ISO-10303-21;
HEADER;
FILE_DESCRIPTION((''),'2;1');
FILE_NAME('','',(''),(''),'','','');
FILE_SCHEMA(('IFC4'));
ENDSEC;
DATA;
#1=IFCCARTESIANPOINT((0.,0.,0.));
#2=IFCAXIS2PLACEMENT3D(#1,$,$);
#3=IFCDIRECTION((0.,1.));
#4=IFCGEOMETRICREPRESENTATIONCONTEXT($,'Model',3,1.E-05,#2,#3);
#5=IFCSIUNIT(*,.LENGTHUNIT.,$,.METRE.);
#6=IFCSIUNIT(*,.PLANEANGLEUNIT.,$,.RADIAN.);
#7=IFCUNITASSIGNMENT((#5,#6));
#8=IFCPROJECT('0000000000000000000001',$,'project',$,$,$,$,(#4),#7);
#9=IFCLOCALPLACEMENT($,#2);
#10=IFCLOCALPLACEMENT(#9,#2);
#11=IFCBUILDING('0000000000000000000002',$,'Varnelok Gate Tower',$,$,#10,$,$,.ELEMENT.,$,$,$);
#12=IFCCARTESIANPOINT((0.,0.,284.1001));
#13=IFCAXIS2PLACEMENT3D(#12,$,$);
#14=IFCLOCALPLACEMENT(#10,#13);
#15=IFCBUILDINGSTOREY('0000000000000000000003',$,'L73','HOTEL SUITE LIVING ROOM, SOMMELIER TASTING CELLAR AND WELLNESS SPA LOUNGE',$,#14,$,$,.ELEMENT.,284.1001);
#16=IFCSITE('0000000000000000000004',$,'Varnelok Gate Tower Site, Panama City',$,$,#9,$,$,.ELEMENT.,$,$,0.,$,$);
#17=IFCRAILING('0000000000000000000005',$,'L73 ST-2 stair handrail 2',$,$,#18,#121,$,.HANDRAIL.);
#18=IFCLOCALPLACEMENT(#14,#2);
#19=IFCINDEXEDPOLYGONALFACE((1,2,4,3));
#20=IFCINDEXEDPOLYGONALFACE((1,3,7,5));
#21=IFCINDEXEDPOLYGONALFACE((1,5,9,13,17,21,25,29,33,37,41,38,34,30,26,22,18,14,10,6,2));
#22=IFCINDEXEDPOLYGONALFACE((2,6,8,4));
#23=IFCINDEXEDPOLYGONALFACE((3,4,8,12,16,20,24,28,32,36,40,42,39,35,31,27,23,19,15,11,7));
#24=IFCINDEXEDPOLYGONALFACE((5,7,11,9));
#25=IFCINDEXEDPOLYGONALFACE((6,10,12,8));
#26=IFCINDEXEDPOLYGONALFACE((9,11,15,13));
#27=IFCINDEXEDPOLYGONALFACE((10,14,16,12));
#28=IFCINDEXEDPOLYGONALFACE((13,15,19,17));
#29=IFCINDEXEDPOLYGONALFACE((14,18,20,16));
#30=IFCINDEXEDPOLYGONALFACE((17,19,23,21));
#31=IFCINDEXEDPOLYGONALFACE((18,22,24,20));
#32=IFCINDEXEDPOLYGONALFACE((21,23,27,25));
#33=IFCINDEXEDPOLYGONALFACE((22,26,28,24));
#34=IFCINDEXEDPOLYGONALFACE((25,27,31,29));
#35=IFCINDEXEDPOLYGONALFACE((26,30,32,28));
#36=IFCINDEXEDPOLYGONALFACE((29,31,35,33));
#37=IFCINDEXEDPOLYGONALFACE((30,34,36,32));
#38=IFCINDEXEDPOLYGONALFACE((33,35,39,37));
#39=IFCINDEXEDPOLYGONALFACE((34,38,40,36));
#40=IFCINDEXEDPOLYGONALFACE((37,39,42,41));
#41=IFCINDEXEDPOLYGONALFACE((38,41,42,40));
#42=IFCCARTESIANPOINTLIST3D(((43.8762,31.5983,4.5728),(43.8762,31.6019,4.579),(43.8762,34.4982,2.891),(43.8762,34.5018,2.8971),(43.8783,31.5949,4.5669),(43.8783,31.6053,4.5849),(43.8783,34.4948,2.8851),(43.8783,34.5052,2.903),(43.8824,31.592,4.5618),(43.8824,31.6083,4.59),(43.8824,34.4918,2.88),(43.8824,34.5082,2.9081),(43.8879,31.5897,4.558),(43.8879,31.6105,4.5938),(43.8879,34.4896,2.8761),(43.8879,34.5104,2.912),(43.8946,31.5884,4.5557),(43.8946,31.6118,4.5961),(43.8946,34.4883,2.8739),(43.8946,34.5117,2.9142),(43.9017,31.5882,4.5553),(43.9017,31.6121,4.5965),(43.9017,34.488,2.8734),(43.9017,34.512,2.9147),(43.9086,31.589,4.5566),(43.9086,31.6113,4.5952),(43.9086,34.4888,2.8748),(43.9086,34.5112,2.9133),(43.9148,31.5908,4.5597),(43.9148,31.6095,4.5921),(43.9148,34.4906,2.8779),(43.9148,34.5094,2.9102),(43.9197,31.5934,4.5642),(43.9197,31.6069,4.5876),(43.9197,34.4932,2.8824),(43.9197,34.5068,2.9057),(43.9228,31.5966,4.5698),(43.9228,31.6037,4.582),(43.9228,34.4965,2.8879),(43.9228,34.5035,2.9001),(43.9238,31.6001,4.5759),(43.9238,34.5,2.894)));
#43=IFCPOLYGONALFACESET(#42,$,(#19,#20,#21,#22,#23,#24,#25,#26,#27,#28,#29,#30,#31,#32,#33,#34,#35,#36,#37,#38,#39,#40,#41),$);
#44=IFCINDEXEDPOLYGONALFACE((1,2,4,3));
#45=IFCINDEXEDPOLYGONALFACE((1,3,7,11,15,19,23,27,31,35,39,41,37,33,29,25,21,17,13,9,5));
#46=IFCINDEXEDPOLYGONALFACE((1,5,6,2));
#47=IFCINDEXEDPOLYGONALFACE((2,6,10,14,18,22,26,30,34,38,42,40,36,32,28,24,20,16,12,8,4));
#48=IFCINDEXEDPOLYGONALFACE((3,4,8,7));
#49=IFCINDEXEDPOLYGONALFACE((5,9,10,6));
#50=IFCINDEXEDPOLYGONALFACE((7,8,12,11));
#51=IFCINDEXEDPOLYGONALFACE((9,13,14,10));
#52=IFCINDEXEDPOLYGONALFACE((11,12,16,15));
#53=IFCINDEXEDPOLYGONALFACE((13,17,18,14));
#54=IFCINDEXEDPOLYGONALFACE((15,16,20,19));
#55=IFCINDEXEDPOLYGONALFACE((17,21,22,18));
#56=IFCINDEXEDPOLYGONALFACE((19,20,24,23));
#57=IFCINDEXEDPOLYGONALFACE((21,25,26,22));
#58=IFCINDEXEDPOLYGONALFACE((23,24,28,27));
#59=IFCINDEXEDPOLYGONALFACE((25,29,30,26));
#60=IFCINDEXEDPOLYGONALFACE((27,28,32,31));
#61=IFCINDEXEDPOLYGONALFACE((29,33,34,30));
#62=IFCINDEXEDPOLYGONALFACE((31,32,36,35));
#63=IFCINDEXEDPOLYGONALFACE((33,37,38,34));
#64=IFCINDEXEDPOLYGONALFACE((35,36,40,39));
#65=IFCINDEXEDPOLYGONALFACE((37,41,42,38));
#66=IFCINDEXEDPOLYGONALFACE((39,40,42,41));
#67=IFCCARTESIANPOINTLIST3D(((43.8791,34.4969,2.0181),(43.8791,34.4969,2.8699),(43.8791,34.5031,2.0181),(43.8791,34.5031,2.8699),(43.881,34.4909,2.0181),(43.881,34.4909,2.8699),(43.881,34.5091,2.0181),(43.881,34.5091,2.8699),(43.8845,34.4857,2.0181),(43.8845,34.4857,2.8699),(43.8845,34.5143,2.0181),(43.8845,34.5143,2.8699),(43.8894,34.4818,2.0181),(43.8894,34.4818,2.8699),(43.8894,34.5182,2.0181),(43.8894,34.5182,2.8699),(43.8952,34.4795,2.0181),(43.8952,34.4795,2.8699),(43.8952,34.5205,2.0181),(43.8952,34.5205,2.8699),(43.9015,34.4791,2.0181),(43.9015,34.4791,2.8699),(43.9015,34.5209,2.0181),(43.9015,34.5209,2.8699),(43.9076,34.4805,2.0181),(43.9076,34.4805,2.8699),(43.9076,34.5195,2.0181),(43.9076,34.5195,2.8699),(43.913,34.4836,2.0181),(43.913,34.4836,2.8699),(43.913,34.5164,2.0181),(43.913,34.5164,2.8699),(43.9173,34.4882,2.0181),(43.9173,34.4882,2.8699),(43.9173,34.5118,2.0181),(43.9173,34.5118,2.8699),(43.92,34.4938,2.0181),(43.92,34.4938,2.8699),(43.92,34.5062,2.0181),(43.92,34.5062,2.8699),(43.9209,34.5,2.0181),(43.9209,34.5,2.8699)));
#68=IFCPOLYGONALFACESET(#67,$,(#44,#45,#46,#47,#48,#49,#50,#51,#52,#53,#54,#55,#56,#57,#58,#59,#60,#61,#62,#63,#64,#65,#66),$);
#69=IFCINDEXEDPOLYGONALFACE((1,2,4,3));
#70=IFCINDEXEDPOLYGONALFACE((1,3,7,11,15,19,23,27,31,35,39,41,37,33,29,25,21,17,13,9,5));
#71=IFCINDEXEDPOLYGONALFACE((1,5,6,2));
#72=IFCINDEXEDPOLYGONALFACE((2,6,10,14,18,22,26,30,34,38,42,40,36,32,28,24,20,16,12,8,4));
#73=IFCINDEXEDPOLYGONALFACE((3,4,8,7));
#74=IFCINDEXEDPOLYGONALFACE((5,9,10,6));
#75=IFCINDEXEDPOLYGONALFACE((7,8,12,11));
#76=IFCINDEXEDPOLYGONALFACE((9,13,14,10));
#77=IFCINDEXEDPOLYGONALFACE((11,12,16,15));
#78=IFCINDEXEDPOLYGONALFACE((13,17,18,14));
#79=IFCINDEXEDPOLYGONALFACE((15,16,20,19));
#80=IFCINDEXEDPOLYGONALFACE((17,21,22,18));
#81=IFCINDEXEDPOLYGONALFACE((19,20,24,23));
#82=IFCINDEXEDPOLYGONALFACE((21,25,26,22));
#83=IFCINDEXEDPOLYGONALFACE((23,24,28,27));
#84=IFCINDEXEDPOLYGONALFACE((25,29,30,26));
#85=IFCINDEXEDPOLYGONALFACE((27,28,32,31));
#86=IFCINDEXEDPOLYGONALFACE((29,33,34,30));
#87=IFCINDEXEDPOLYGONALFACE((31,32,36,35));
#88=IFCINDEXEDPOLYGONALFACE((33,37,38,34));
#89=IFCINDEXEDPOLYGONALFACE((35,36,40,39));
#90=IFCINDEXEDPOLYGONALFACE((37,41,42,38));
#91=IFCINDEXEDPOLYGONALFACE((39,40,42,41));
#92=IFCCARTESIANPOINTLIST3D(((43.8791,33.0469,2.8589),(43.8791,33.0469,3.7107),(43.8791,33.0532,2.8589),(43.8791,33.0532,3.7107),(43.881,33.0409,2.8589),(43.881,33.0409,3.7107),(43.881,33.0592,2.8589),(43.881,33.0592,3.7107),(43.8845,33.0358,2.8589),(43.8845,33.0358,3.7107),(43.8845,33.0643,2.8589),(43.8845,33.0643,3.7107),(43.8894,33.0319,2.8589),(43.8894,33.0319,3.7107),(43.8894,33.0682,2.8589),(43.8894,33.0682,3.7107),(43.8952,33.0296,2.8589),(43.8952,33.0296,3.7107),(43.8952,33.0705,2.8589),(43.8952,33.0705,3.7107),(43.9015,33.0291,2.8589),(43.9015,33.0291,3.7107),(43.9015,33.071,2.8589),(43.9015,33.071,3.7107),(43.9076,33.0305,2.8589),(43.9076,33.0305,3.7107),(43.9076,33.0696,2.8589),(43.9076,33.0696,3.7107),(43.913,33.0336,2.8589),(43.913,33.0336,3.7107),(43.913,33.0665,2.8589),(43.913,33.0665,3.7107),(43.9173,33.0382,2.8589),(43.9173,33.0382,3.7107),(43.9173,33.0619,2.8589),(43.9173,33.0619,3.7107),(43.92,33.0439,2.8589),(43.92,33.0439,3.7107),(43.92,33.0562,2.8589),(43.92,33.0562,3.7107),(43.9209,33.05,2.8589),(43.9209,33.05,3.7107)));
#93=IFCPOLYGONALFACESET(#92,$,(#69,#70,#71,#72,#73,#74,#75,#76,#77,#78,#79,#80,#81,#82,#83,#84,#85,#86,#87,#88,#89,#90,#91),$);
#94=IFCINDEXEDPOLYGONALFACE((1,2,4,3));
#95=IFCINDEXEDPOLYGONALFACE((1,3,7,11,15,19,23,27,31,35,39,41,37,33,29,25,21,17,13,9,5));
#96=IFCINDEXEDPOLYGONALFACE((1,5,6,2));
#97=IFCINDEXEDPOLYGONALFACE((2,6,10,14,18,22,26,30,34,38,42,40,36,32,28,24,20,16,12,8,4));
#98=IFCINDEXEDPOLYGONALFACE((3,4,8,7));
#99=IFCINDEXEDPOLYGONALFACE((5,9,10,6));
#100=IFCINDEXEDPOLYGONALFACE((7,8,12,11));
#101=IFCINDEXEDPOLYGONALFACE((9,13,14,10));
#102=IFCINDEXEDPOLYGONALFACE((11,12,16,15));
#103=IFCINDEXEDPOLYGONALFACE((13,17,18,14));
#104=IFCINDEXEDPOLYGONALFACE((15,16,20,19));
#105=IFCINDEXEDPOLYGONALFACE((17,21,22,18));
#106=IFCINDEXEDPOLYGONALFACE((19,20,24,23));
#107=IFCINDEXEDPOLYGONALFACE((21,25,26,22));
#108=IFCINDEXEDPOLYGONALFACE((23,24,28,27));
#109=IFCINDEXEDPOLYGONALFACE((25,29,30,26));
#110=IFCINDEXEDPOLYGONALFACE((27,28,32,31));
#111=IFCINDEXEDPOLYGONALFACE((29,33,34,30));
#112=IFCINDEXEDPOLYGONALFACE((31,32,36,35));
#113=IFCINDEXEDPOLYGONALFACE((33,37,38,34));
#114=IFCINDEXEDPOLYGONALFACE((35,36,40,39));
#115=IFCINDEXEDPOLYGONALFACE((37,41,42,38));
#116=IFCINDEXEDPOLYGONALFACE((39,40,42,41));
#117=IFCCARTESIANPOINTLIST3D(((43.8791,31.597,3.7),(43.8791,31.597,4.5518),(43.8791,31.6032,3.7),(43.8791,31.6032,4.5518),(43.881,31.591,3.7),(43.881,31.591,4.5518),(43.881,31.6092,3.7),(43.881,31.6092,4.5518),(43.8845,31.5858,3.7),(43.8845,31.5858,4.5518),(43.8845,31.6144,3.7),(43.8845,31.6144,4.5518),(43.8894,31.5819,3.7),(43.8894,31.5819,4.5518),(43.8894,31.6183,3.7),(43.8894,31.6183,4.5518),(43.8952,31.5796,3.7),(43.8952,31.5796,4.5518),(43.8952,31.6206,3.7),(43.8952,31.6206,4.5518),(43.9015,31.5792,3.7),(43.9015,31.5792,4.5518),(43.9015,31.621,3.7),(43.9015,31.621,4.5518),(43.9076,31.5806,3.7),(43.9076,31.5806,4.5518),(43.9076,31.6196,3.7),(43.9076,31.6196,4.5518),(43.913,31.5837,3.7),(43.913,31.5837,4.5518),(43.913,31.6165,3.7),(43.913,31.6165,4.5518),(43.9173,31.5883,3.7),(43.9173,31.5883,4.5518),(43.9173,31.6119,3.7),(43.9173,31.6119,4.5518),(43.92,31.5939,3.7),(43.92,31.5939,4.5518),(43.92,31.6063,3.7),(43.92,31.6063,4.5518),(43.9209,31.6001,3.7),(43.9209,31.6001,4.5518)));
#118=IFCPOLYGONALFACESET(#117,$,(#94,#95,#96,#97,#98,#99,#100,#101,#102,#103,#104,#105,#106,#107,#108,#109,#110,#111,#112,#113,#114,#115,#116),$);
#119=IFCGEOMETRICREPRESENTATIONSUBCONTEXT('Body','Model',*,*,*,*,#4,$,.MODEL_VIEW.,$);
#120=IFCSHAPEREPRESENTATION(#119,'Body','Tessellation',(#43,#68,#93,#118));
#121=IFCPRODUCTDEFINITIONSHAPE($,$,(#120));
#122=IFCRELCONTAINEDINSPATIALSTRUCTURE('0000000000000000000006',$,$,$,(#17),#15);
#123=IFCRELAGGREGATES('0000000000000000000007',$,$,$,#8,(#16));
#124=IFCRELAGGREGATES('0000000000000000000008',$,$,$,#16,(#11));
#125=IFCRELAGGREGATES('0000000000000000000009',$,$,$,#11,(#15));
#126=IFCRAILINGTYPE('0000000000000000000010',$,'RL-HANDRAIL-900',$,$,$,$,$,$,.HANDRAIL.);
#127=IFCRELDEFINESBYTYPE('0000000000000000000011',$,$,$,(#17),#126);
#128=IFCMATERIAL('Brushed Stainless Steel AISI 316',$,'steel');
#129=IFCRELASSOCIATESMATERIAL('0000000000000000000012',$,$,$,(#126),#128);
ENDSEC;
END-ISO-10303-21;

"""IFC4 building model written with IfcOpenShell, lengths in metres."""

from ifc_helpers import new_model, si_unit, direction, frame, origin, origin_2d, place, context, subcontext, project, spatial, circle, extrude, material, type_object, element, save


model = new_model("IFC4")

# Units and contexts
model_context = context("Model", 3, precision=1e-05, world=origin(), true_north=direction((0.0, 1.0)))
body_context = subcontext(model_context, "Body", "Model", "MODEL_VIEW")
ifc_project = project(units=[si_unit("LENGTHUNIT", "METRE"), si_unit("PLANEANGLEUNIT", "RADIAN")], contexts=[model_context])

# Site, building, storey
site_placement = place(None, origin())
site = spatial("IfcSite", under=ifc_project, at=site_placement, Name="Varnelok Gate Tower Site, Panama City", CompositionType="ELEMENT", RefElevation=0.0)
building_placement = place(site_placement, origin())
building = spatial("IfcBuilding", under=site, at=building_placement, Name="Varnelok Gate Tower", CompositionType="ELEMENT")
storey_placement = place(building_placement, frame((0.0, 0.0, 284.1001)))
storey = spatial("IfcBuildingStorey", under=building, at=storey_placement, Name="L73", Description="HOTEL SUITE LIVING ROOM, SOMMELIER TASTING CELLAR AND WELLNESS SPA LOUNGE", CompositionType="ELEMENT", Elevation=284.1001)

# Railing
ifc_material_1 = material(Name="Brushed Stainless Steel AISI 316", Category="steel")
railing_type_1 = type_object("IfcRailingType", Name="RL-HANDRAIL-900", PredefinedType="HANDRAIL", material=ifc_material_1)
railing_1_placement = place(storey_placement, frame((43.8999, 34.5, 2.0181)))
element("IfcRailing", 1, at=railing_1_placement, inside=storey, type_object=railing_type_1, Name="L73 ST-2 stair handrail 2", PredefinedType="HANDRAIL", context=body_context, shape_type="SweptSolid", body=[
    extrude(circle(Radius=0.0239, at=origin_2d()), frame((0.0, 0.0, 0.876), z_axis=(0.0, -0.865039, 0.501705), x_axis=(1.0, 0.0, 0.0)), (0.0, 0.0, 1.0), 3.3523),
    extrude(circle(Radius=0.021, at=origin_2d()), origin(), (0.0, 0.0, 1.0), 0.8518),
    extrude(circle(Radius=0.021, at=origin_2d()), frame((0.0, -1.45, 0.8408)), (0.0, 0.0, 1.0), 0.8518),
    extrude(circle(Radius=0.021, at=origin_2d()), frame((0.0, -2.8999, 1.6819)), (0.0, 0.0, 1.0), 0.8518),
])

save(model, "model.ifc")
